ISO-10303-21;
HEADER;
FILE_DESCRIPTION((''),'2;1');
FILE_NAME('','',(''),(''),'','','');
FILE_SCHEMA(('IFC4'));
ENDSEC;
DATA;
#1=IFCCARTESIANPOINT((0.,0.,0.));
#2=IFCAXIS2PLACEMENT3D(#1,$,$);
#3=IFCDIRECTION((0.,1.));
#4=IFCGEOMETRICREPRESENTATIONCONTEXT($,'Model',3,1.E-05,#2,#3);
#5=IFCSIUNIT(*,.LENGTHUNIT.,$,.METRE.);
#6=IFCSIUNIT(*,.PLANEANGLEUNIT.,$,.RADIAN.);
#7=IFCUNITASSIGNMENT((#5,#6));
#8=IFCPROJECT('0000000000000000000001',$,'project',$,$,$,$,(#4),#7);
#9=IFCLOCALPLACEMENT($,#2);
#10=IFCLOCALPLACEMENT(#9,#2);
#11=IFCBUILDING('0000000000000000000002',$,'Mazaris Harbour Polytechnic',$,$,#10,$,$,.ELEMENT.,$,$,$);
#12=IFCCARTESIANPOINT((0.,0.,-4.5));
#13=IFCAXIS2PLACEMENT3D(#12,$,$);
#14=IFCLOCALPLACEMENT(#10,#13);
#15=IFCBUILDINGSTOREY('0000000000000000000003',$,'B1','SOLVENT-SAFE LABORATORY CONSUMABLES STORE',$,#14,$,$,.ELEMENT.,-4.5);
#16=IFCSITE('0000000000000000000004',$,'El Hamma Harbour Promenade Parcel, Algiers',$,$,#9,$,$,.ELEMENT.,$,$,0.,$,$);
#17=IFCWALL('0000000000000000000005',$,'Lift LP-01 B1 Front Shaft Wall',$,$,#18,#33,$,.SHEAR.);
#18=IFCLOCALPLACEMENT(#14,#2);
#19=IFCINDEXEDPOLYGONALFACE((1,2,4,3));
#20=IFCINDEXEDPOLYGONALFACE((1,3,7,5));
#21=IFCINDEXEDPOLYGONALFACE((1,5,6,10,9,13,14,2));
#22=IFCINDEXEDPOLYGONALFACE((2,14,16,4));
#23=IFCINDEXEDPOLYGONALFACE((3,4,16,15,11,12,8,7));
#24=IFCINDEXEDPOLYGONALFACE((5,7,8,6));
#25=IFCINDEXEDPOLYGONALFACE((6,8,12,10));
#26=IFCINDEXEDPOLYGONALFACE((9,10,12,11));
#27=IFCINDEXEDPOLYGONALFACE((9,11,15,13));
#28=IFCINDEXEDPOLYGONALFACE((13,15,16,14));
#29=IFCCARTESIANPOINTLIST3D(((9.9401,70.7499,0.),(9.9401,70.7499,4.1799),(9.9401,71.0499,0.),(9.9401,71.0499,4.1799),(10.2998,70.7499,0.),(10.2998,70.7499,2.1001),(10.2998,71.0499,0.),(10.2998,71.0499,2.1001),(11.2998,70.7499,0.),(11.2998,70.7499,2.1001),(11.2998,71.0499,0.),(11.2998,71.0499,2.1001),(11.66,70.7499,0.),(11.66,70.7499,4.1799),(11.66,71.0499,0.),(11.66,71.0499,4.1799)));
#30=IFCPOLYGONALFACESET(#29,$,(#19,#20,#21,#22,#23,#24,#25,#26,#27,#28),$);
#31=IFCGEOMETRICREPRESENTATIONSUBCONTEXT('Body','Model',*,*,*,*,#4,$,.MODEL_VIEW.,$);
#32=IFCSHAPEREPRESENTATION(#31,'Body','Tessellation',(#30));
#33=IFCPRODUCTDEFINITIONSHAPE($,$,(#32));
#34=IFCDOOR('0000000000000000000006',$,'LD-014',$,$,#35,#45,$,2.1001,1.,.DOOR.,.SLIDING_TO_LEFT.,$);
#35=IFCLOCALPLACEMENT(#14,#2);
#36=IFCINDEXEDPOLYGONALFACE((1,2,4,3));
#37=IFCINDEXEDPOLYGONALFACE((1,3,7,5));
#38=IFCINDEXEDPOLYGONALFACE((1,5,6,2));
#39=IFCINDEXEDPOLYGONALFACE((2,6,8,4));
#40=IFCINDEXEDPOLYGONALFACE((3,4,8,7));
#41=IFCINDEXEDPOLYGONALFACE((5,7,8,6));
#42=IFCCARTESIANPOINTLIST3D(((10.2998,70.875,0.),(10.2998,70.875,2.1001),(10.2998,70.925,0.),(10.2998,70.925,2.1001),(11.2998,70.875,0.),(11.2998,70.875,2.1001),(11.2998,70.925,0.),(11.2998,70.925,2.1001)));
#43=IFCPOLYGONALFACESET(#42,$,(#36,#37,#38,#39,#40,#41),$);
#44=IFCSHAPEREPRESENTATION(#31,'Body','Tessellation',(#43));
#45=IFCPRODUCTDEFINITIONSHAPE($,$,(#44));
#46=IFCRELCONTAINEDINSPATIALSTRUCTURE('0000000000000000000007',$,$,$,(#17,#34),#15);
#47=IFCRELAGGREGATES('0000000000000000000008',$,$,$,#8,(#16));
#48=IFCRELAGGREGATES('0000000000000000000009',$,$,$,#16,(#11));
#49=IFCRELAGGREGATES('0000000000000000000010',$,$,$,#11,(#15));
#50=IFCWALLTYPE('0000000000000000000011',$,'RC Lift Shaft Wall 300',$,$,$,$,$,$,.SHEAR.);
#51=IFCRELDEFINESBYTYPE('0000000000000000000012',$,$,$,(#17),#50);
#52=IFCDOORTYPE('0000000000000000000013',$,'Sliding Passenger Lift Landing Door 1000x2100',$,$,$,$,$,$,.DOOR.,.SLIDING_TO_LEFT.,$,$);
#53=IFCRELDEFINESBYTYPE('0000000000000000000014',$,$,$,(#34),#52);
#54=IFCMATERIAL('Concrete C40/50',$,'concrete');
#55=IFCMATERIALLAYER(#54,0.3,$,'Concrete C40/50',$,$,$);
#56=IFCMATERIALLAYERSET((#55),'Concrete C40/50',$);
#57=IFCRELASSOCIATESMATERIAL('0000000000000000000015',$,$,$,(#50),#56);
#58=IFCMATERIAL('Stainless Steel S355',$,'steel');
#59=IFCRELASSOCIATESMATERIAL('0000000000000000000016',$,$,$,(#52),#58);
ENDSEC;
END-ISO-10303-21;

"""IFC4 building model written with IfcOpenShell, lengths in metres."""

from ifc_helpers import new_model, si_unit, direction, frame, frame_2d, origin, place, context, subcontext, project, spatial, rectangle, extrude, material, layer, layer_set, type_object, element, fill, save


model = new_model("IFC4")

# Units and contexts
model_context = context("Model", 3, precision=1e-05, world=origin(), true_north=direction((0.0, 1.0)))
body_context = subcontext(model_context, "Body", "Model", "MODEL_VIEW")
ifc_project = project(units=[si_unit("LENGTHUNIT", "METRE"), si_unit("PLANEANGLEUNIT", "RADIAN")], contexts=[model_context])

# Site, building, storey
site_placement = place(None, origin())
site = spatial("IfcSite", under=ifc_project, at=site_placement, Name="El Hamma Harbour Promenade Parcel, Algiers", CompositionType="ELEMENT", RefElevation=0.0)
building_placement = place(site_placement, origin())
building = spatial("IfcBuilding", under=site, at=building_placement, Name="Mazaris Harbour Polytechnic", CompositionType="ELEMENT")
storey_placement = place(building_placement, frame((0.0, 0.0, -4.5)))
storey = spatial("IfcBuildingStorey", under=building, at=storey_placement, Name="B1", Description="SOLVENT-SAFE LABORATORY CONSUMABLES STORE", CompositionType="ELEMENT", Elevation=-4.5)

# Shared definitions
ifc_material_1 = material(Name="Concrete C40/50", Category="concrete")
ifc_layer_1 = layer(ifc_material_1, 0.3, Name="Concrete C40/50")
ifc_layer_set_1 = layer_set([ifc_layer_1], Name="Concrete C40/50")
wall_type_1 = type_object("IfcWallType", Name="RC Lift Shaft Wall 300", PredefinedType="SHEAR", material=ifc_layer_set_1)

# Wall, opening, door
wall_1_placement = place(storey_placement, frame((11.6599, 70.8999, 0.0), z_axis=(0.0, 0.0, 1.0), x_axis=(-1.0, 0.0, 0.0)))
wall_1 = element("IfcWall", 1, at=wall_1_placement, inside=storey, type_object=wall_type_1, Name="Lift LP-01 B1 Front Shaft Wall", PredefinedType="SHEAR", context=body_context, shape_type="SweptSolid", body=[
    extrude(rectangle(XDim=1.72, YDim=0.3, at=frame_2d((0.8599, 0.0))), origin(), (0.0, 0.0, 1.0), 4.1799),
])
opening_1_placement = place(wall_1_placement, frame((0.3601, 0.0, 0.0)))
opening_1 = element("IfcOpeningElement", 2, at=opening_1_placement, cuts=wall_1, PredefinedType="OPENING", context=body_context, shape_type="SweptSolid", body=[
    extrude(rectangle(XDim=1.0, YDim=2.1001, at=frame_2d((0.5, 1.05))), frame((0.0, 0.1599, 0.0), z_axis=(0.0, -1.0, 0.0), x_axis=(1.0, 0.0, 0.0)), (0.0, 0.0, 1.0), 0.3201),
])
ifc_material_2 = material(Name="Stainless Steel S355", Category="steel")
door_type_1 = type_object("IfcDoorType", Name="Sliding Passenger Lift Landing Door 1000x2100", OperationType="SLIDING_TO_LEFT", PredefinedType="DOOR", material=ifc_material_2)
door_1_placement = place(opening_1_placement, origin())
door_1 = element("IfcDoor", 3, at=door_1_placement, inside=storey, type_object=door_type_1, Name="LD-014", OperationType="SLIDING_TO_LEFT", OverallHeight=2.1001, OverallWidth=1.0, PredefinedType="DOOR", context=body_context, shape_type="SweptSolid", body=[
    extrude(rectangle(XDim=1.0, YDim=2.1001, at=frame_2d((0.5, 1.05))), frame((0.0, 0.0249, 0.0), z_axis=(0.0, -1.0, 0.0), x_axis=(1.0, 0.0, 0.0)), (0.0, 0.0, 1.0), 0.05),
])
fill(opening_1, door_1)

save(model, "model.ifc")
